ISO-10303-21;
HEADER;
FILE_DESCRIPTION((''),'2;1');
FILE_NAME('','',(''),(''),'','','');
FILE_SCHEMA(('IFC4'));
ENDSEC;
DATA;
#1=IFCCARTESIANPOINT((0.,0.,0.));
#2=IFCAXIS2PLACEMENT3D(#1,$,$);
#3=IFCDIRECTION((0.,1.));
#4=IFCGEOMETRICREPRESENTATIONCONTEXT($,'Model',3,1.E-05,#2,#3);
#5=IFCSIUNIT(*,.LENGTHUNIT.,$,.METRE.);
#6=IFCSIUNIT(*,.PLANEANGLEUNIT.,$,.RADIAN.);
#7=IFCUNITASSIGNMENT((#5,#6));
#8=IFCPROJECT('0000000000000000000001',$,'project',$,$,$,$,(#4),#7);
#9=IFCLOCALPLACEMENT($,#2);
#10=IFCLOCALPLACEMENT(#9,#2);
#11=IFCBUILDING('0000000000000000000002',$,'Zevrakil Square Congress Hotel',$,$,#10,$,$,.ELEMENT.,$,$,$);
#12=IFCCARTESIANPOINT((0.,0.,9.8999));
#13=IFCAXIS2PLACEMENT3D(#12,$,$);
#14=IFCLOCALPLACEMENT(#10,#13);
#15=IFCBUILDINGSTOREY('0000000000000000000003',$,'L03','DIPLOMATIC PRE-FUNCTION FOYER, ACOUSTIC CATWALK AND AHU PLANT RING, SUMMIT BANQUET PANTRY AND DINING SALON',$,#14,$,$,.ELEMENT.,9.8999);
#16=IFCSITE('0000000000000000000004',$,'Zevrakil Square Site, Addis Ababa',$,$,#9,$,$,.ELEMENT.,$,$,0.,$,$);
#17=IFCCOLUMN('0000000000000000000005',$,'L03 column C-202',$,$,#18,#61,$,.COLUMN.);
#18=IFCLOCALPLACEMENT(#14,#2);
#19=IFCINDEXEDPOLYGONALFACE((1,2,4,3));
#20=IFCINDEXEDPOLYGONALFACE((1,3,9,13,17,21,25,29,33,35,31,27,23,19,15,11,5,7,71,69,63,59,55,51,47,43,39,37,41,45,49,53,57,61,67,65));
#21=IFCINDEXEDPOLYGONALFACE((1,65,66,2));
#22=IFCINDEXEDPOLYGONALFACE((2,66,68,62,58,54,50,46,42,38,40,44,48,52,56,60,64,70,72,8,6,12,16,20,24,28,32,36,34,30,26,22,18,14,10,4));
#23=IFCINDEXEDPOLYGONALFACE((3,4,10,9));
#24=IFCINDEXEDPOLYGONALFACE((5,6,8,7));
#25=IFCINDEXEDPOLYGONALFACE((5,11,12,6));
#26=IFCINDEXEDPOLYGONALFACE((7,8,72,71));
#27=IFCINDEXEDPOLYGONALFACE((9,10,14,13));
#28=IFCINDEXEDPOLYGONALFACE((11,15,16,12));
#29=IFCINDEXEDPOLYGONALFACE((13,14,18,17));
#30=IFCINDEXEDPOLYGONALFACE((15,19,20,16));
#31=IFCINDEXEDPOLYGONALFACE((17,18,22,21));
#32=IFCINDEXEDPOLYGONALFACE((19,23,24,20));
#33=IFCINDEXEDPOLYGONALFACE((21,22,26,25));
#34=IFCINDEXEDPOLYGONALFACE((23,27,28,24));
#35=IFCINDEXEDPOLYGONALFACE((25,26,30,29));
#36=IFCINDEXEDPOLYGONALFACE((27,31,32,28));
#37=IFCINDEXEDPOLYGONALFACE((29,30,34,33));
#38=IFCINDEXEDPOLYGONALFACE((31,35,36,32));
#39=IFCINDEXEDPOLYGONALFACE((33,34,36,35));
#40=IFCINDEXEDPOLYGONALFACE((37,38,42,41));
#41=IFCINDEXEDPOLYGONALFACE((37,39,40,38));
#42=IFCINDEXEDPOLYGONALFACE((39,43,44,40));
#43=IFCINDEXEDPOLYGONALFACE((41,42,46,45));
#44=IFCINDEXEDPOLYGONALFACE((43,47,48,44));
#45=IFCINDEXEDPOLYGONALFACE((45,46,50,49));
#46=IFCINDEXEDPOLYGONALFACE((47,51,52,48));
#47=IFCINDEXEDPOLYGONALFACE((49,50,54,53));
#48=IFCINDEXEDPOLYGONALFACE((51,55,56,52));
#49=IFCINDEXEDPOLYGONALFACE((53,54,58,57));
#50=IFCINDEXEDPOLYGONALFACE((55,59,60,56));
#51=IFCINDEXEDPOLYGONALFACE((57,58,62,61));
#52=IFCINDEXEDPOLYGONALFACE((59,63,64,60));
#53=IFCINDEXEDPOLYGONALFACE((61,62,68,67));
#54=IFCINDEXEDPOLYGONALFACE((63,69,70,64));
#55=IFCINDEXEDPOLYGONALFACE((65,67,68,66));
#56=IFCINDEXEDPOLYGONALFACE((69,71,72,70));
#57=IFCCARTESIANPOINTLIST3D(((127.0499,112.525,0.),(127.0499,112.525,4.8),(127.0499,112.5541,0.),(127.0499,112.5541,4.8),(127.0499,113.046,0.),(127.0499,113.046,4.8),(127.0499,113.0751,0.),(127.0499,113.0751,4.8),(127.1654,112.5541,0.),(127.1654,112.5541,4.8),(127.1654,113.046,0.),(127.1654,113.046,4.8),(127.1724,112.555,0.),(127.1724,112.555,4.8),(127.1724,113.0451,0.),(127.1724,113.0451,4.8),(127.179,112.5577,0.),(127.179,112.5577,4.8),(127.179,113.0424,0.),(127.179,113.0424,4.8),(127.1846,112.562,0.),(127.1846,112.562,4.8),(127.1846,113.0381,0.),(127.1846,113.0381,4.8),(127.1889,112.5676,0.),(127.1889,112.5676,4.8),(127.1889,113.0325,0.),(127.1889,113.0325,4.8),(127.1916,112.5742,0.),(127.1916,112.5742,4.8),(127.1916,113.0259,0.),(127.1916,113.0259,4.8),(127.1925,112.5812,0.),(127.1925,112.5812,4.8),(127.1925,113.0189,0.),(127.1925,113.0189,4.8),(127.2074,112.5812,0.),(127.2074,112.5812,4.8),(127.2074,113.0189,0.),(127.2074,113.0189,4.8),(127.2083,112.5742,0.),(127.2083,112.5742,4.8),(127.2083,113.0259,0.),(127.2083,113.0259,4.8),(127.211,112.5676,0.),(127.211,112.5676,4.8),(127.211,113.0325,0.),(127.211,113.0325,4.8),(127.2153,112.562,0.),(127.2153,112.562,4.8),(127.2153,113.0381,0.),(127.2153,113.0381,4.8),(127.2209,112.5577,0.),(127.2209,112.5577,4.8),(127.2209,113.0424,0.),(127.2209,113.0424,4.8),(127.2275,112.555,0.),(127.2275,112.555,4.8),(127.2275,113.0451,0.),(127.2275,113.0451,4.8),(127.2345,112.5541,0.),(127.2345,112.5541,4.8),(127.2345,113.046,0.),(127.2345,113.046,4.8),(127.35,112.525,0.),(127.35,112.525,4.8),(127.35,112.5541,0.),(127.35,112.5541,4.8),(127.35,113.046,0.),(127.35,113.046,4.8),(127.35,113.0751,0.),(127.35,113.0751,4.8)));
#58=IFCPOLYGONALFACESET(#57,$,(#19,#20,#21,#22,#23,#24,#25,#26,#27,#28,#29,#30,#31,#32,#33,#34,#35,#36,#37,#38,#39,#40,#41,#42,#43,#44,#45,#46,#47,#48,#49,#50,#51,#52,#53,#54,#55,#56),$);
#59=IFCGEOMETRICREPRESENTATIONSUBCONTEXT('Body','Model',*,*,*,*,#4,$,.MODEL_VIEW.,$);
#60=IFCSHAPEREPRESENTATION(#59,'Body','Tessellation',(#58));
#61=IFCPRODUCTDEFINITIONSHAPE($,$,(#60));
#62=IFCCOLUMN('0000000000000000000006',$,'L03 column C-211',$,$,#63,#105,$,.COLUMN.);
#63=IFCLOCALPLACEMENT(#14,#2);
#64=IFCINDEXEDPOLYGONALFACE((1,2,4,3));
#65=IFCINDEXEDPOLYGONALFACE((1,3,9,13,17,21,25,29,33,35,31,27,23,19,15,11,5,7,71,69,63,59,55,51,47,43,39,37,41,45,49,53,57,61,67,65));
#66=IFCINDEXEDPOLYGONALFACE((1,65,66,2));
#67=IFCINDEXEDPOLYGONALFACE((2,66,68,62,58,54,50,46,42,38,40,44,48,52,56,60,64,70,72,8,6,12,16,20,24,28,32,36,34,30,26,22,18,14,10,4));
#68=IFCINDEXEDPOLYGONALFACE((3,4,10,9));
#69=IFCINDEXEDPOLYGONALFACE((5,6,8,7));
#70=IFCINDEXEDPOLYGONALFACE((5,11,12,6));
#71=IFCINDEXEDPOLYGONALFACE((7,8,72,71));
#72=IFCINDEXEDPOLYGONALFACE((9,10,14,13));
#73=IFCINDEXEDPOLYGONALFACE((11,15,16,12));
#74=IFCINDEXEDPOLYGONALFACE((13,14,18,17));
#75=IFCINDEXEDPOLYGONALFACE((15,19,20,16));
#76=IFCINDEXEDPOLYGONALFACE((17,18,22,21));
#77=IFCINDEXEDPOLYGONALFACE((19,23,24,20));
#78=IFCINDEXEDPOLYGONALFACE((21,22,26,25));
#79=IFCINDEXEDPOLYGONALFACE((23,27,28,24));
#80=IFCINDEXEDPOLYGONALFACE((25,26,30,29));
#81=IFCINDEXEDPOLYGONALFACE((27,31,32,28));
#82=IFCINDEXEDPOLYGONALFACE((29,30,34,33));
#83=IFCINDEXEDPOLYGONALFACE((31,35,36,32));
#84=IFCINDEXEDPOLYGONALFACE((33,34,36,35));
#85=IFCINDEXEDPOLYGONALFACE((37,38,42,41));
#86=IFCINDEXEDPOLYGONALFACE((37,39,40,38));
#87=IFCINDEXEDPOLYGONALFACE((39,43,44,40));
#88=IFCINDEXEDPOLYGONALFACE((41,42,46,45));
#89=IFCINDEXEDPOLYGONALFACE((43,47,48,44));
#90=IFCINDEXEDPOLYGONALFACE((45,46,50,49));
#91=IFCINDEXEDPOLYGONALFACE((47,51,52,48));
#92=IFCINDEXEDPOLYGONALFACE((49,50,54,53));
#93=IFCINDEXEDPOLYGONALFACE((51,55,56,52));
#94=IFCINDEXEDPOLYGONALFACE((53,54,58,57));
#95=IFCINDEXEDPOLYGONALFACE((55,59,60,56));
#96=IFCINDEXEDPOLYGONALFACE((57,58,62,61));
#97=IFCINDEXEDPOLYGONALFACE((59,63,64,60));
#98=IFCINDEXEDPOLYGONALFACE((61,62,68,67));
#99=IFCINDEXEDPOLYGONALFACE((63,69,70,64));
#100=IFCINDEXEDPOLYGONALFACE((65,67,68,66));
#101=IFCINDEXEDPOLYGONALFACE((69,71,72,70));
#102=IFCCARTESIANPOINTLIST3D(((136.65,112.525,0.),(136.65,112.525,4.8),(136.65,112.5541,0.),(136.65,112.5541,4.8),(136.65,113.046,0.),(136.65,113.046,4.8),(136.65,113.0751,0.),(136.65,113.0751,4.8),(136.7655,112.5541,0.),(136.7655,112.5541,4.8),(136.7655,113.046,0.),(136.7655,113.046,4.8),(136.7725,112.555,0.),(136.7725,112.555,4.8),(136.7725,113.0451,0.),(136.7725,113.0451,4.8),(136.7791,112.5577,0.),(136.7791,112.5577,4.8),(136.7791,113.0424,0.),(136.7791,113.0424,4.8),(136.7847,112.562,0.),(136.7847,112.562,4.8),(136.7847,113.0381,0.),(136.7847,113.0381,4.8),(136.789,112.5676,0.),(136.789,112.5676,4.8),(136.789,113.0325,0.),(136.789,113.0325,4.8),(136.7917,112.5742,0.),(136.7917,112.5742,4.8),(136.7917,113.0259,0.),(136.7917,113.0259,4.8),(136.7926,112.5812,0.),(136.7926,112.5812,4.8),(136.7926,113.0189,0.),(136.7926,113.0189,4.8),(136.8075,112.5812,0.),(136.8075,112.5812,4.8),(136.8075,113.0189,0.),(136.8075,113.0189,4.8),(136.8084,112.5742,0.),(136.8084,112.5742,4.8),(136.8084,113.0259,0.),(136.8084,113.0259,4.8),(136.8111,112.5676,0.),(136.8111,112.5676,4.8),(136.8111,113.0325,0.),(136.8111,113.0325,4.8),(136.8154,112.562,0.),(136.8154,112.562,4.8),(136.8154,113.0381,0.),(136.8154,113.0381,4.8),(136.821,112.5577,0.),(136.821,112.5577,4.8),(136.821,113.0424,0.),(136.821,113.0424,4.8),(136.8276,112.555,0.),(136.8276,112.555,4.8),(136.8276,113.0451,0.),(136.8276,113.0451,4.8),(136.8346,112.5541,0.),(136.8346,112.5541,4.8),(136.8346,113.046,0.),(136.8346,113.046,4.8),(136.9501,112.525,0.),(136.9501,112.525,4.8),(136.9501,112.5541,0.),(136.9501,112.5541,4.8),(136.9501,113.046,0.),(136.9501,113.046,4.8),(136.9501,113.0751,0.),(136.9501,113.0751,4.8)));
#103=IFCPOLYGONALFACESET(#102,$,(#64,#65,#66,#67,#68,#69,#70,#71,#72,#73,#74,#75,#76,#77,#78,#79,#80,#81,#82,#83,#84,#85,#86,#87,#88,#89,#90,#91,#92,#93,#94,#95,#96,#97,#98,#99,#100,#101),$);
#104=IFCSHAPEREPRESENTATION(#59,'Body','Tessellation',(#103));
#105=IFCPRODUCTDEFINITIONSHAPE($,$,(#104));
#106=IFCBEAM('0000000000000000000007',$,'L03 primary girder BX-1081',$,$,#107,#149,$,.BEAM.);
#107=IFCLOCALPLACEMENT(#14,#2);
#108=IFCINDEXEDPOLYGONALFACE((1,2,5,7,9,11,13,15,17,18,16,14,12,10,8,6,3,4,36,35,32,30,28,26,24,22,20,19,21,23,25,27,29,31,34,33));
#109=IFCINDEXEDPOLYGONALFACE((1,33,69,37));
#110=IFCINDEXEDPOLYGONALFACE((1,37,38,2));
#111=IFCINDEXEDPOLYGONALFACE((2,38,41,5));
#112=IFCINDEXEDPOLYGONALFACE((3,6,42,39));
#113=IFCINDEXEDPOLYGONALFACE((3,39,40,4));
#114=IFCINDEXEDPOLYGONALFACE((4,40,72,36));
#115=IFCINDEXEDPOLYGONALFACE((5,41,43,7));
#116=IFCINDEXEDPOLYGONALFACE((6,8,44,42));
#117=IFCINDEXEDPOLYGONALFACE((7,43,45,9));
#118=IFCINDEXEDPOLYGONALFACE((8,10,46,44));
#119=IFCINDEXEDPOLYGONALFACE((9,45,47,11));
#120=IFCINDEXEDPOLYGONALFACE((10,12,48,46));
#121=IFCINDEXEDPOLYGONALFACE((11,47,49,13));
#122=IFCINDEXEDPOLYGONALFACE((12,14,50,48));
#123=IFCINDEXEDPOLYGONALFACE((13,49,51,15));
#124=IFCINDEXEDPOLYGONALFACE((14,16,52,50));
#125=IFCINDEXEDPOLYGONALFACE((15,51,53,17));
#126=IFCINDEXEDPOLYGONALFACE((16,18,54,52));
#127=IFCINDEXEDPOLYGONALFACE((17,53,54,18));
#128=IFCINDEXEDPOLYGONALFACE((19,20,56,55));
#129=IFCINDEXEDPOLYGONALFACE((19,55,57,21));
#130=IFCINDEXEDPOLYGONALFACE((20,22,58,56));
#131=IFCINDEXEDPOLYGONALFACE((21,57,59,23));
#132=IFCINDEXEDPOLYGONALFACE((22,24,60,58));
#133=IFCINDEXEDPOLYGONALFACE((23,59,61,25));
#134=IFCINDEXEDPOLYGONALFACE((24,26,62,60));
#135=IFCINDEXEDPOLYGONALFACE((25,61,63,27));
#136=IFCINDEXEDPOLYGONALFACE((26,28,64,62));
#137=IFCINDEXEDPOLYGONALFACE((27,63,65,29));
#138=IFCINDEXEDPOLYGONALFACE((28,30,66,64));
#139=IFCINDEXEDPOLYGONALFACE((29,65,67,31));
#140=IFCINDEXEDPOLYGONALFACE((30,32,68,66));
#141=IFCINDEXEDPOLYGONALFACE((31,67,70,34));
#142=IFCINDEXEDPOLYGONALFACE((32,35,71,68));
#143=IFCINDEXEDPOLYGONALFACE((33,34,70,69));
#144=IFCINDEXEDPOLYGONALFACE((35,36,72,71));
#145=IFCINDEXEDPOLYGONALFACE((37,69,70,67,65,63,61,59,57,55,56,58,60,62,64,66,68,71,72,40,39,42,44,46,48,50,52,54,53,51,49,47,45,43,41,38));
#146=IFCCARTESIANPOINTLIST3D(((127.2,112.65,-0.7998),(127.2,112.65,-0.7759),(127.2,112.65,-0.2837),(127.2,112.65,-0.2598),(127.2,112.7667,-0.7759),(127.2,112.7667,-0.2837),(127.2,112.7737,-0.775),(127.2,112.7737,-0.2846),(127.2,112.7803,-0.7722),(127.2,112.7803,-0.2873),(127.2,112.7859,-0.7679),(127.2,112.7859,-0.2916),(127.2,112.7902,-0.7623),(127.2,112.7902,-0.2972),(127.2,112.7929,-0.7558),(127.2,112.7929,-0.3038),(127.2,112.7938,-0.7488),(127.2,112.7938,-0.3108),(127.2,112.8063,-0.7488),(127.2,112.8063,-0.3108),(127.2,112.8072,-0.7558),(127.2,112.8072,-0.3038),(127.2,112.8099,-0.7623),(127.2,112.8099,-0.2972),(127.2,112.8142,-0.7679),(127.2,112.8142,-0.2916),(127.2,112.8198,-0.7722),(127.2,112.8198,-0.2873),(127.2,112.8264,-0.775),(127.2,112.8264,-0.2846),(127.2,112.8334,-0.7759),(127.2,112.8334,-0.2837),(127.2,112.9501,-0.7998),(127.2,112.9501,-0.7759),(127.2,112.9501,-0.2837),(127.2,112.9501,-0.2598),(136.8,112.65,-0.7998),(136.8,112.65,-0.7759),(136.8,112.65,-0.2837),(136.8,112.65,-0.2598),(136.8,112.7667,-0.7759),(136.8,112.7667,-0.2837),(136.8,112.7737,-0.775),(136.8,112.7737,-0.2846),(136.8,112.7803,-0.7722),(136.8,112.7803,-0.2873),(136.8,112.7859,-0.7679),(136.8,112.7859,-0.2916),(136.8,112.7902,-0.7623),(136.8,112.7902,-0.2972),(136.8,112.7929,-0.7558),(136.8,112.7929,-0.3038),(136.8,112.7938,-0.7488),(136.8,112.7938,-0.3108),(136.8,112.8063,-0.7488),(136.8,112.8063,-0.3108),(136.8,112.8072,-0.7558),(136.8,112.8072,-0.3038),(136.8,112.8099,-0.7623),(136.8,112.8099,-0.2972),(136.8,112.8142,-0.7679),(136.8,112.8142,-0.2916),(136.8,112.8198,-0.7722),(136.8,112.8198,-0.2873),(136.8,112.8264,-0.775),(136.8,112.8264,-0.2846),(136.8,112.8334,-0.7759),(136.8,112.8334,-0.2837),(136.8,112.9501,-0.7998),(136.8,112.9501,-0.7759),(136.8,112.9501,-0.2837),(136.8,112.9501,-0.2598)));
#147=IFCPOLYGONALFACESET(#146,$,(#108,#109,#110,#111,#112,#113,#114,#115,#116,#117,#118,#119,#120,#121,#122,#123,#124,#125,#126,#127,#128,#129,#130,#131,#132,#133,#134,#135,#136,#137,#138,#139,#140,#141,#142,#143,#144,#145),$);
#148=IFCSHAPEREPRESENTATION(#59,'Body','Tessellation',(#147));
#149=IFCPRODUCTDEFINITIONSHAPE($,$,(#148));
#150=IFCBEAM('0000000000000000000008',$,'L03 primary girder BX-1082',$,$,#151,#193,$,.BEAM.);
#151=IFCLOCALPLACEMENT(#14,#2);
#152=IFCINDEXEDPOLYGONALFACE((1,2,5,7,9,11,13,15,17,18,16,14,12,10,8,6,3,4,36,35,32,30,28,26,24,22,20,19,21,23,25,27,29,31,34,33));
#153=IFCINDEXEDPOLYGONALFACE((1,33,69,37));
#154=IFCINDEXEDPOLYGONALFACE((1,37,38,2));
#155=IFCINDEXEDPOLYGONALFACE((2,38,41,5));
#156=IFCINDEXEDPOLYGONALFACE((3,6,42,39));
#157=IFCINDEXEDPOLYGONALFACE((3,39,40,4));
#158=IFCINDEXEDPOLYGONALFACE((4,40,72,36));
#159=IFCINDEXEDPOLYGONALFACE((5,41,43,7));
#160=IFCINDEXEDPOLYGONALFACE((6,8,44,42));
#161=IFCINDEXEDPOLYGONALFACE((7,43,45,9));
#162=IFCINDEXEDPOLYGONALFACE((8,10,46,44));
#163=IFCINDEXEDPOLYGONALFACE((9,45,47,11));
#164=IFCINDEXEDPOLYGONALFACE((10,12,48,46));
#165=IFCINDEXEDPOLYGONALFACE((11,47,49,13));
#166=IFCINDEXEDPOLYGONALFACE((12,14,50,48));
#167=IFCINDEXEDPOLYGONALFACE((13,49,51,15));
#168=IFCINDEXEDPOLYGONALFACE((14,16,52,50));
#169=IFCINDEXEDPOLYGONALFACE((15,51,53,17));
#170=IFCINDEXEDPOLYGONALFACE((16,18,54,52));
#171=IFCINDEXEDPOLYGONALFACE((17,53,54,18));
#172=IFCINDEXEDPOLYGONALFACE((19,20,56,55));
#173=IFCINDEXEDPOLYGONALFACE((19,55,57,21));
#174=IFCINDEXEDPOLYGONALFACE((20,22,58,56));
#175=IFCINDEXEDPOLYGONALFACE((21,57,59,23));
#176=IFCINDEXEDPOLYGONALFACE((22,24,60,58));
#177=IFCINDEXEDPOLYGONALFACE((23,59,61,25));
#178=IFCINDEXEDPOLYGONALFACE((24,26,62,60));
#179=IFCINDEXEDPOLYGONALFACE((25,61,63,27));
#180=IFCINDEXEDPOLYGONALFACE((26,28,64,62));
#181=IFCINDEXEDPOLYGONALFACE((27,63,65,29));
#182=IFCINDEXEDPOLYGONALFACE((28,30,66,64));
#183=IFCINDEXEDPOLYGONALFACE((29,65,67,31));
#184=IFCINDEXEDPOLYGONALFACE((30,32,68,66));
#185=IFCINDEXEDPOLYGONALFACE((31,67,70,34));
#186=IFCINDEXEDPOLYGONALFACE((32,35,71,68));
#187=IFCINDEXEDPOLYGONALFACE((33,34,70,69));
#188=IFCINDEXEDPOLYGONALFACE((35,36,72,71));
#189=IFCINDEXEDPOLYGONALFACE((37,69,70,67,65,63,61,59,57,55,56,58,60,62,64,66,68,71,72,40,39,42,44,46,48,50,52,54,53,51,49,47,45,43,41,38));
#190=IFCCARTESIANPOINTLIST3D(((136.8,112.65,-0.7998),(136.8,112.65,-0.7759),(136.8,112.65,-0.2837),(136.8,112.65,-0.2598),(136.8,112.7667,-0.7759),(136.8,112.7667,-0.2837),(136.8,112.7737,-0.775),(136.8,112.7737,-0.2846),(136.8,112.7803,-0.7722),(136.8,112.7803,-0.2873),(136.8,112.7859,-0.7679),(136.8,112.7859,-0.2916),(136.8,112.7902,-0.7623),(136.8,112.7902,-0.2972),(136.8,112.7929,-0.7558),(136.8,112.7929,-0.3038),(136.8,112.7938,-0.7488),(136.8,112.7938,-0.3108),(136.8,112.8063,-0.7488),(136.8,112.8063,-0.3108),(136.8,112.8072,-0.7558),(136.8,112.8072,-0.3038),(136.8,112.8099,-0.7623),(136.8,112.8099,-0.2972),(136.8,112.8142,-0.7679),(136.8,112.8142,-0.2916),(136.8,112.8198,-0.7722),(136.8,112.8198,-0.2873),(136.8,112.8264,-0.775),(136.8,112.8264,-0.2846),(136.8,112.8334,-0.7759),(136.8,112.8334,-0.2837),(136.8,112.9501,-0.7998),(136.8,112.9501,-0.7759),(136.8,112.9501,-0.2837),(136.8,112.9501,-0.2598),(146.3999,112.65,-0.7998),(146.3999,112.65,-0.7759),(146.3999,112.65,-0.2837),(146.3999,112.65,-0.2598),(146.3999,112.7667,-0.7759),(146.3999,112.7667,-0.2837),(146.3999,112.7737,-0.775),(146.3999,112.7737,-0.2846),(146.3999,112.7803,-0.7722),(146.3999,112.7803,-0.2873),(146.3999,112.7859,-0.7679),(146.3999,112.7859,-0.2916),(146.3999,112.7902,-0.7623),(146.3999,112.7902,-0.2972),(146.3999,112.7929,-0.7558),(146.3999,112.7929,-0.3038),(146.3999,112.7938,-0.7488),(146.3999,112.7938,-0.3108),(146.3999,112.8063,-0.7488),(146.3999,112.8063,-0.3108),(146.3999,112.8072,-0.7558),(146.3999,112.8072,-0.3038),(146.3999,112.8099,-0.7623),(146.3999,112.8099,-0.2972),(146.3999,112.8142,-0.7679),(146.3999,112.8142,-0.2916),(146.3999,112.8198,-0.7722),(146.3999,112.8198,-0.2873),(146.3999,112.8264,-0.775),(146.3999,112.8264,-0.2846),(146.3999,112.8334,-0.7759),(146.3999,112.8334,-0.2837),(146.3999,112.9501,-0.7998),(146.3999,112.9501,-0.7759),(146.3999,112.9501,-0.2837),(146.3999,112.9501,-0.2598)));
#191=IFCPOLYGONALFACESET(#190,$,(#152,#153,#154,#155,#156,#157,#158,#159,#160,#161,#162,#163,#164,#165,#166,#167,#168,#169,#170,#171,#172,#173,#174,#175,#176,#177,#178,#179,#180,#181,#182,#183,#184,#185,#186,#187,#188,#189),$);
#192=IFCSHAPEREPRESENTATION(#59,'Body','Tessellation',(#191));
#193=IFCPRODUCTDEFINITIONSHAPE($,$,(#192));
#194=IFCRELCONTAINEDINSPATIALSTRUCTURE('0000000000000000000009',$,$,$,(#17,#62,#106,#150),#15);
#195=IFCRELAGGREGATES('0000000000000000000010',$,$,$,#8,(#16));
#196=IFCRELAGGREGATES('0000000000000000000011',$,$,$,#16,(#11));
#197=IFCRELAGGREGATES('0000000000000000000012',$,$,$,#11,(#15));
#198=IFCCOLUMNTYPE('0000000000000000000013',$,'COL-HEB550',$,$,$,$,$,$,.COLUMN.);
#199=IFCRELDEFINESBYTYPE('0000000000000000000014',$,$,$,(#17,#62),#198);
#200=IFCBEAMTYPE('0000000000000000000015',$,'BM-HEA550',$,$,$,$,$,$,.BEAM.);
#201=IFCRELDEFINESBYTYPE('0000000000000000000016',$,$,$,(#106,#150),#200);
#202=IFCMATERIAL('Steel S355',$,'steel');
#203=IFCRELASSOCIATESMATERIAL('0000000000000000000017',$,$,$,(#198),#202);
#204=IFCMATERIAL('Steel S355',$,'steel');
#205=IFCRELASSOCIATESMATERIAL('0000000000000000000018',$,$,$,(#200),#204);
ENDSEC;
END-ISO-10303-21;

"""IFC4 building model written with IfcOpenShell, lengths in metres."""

from ifc_helpers import new_model, si_unit, direction, frame, origin, origin_2d, place, context, subcontext, project, spatial, i_section, extrude, material, material_profile, profile_set, type_object, element, save


model = new_model("IFC4")

# Units and contexts
model_context = context("Model", 3, precision=1e-05, world=origin(), true_north=direction((0.0, 1.0)))
body_context = subcontext(model_context, "Body", "Model", "MODEL_VIEW")
ifc_project = project(units=[si_unit("LENGTHUNIT", "METRE"), si_unit("PLANEANGLEUNIT", "RADIAN")], contexts=[model_context])

# Site, building, storey
site_placement = place(None, origin())
site = spatial("IfcSite", under=ifc_project, at=site_placement, Name="Zevrakil Square Site, Addis Ababa", CompositionType="ELEMENT", RefElevation=0.0)
building_placement = place(site_placement, origin())
building = spatial("IfcBuilding", under=site, at=building_placement, Name="Zevrakil Square Congress Hotel", CompositionType="ELEMENT")
storey_placement = place(building_placement, frame((0.0, 0.0, 9.8999)))
storey = spatial("IfcBuildingStorey", under=building, at=storey_placement, Name="L03", Description="DIPLOMATIC PRE-FUNCTION FOYER, ACOUSTIC CATWALK AND AHU PLANT RING, SUMMIT BANQUET PANTRY AND DINING SALON", CompositionType="ELEMENT", Elevation=9.8999)

# Columns
ifc_material_1 = material(Name="Steel S355", Category="steel")
ifc_material_profile_1 = material_profile(ifc_material_1, i_section(OverallWidth=0.3, OverallDepth=0.55, WebThickness=0.0149, FlangeThickness=0.0291, FilletRadius=0.0271, at=origin_2d()), Name="HEB 550")
ifc_profile_set_1 = profile_set([ifc_material_profile_1], Name="Steel S355")
column_type = type_object("IfcColumnType", Name="COL-HEB550", PredefinedType="COLUMN", material=ifc_profile_set_1)
for number, where, z_axis, x_axis, name in (
    (1, (127.2, 112.8, 0.0), (0.0, 0.0, 1.0), (1.0, 0.0, 0.0), "L03 column C-202"),
    (2, (136.8, 112.8, 0.0), (0.0, 0.0, 1.0), (1.0, 0.0, 0.0), "L03 column C-211"),
):
    element("IfcColumn", number, at=place(storey_placement, frame(where, z_axis=z_axis, x_axis=x_axis)), inside=storey, type_object=column_type, Name=name, PredefinedType="COLUMN", context=body_context, shape_type="SweptSolid", body=[
        extrude(i_section(OverallWidth=0.3, OverallDepth=0.55, WebThickness=0.0149, FlangeThickness=0.0291, FilletRadius=0.0271, at=origin_2d()), origin(), (0.0, 0.0, 1.0), 4.8),
    ])

# Beams
ifc_material_2 = material(Name="Steel S355", Category="steel")
ifc_material_profile_2 = material_profile(ifc_material_2, i_section(OverallWidth=0.3, OverallDepth=0.54, WebThickness=0.0125, FlangeThickness=0.0239, FilletRadius=0.0271, at=origin_2d()), Name="HEA 550")
ifc_profile_set_2 = profile_set([ifc_material_profile_2], Name="Steel S355")
beam_type = type_object("IfcBeamType", Name="BM-HEA550", PredefinedType="BEAM", material=ifc_profile_set_2)
beam_1_placement = place(storey_placement, frame((127.2, 112.8, -0.5298), z_axis=(1.0, 0.0, 0.0), x_axis=(0.0, 1.0, 0.0)))
element("IfcBeam", 3, at=beam_1_placement, inside=storey, type_object=beam_type, Name="L03 primary girder BX-1081", PredefinedType="BEAM", context=body_context, shape_type="SweptSolid", body=[
    extrude(i_section(OverallWidth=0.3, OverallDepth=0.54, WebThickness=0.0125, FlangeThickness=0.0239, FilletRadius=0.0271, at=origin_2d()), origin(), (0.0, 0.0, 1.0), 9.6001),
])
beam_2_placement = place(storey_placement, frame((136.8, 112.8, -0.5298), z_axis=(1.0, 0.0, 0.0), x_axis=(0.0, 1.0, 0.0)))
element("IfcBeam", 4, at=beam_2_placement, inside=storey, type_object=beam_type, Name="L03 primary girder BX-1082", PredefinedType="BEAM", context=body_context, shape_type="SweptSolid", body=[
    extrude(i_section(OverallWidth=0.3, OverallDepth=0.54, WebThickness=0.0125, FlangeThickness=0.0239, FilletRadius=0.0271, at=origin_2d()), origin(), (0.0, 0.0, 1.0), 9.5999),
])

save(model, "model.ifc")
